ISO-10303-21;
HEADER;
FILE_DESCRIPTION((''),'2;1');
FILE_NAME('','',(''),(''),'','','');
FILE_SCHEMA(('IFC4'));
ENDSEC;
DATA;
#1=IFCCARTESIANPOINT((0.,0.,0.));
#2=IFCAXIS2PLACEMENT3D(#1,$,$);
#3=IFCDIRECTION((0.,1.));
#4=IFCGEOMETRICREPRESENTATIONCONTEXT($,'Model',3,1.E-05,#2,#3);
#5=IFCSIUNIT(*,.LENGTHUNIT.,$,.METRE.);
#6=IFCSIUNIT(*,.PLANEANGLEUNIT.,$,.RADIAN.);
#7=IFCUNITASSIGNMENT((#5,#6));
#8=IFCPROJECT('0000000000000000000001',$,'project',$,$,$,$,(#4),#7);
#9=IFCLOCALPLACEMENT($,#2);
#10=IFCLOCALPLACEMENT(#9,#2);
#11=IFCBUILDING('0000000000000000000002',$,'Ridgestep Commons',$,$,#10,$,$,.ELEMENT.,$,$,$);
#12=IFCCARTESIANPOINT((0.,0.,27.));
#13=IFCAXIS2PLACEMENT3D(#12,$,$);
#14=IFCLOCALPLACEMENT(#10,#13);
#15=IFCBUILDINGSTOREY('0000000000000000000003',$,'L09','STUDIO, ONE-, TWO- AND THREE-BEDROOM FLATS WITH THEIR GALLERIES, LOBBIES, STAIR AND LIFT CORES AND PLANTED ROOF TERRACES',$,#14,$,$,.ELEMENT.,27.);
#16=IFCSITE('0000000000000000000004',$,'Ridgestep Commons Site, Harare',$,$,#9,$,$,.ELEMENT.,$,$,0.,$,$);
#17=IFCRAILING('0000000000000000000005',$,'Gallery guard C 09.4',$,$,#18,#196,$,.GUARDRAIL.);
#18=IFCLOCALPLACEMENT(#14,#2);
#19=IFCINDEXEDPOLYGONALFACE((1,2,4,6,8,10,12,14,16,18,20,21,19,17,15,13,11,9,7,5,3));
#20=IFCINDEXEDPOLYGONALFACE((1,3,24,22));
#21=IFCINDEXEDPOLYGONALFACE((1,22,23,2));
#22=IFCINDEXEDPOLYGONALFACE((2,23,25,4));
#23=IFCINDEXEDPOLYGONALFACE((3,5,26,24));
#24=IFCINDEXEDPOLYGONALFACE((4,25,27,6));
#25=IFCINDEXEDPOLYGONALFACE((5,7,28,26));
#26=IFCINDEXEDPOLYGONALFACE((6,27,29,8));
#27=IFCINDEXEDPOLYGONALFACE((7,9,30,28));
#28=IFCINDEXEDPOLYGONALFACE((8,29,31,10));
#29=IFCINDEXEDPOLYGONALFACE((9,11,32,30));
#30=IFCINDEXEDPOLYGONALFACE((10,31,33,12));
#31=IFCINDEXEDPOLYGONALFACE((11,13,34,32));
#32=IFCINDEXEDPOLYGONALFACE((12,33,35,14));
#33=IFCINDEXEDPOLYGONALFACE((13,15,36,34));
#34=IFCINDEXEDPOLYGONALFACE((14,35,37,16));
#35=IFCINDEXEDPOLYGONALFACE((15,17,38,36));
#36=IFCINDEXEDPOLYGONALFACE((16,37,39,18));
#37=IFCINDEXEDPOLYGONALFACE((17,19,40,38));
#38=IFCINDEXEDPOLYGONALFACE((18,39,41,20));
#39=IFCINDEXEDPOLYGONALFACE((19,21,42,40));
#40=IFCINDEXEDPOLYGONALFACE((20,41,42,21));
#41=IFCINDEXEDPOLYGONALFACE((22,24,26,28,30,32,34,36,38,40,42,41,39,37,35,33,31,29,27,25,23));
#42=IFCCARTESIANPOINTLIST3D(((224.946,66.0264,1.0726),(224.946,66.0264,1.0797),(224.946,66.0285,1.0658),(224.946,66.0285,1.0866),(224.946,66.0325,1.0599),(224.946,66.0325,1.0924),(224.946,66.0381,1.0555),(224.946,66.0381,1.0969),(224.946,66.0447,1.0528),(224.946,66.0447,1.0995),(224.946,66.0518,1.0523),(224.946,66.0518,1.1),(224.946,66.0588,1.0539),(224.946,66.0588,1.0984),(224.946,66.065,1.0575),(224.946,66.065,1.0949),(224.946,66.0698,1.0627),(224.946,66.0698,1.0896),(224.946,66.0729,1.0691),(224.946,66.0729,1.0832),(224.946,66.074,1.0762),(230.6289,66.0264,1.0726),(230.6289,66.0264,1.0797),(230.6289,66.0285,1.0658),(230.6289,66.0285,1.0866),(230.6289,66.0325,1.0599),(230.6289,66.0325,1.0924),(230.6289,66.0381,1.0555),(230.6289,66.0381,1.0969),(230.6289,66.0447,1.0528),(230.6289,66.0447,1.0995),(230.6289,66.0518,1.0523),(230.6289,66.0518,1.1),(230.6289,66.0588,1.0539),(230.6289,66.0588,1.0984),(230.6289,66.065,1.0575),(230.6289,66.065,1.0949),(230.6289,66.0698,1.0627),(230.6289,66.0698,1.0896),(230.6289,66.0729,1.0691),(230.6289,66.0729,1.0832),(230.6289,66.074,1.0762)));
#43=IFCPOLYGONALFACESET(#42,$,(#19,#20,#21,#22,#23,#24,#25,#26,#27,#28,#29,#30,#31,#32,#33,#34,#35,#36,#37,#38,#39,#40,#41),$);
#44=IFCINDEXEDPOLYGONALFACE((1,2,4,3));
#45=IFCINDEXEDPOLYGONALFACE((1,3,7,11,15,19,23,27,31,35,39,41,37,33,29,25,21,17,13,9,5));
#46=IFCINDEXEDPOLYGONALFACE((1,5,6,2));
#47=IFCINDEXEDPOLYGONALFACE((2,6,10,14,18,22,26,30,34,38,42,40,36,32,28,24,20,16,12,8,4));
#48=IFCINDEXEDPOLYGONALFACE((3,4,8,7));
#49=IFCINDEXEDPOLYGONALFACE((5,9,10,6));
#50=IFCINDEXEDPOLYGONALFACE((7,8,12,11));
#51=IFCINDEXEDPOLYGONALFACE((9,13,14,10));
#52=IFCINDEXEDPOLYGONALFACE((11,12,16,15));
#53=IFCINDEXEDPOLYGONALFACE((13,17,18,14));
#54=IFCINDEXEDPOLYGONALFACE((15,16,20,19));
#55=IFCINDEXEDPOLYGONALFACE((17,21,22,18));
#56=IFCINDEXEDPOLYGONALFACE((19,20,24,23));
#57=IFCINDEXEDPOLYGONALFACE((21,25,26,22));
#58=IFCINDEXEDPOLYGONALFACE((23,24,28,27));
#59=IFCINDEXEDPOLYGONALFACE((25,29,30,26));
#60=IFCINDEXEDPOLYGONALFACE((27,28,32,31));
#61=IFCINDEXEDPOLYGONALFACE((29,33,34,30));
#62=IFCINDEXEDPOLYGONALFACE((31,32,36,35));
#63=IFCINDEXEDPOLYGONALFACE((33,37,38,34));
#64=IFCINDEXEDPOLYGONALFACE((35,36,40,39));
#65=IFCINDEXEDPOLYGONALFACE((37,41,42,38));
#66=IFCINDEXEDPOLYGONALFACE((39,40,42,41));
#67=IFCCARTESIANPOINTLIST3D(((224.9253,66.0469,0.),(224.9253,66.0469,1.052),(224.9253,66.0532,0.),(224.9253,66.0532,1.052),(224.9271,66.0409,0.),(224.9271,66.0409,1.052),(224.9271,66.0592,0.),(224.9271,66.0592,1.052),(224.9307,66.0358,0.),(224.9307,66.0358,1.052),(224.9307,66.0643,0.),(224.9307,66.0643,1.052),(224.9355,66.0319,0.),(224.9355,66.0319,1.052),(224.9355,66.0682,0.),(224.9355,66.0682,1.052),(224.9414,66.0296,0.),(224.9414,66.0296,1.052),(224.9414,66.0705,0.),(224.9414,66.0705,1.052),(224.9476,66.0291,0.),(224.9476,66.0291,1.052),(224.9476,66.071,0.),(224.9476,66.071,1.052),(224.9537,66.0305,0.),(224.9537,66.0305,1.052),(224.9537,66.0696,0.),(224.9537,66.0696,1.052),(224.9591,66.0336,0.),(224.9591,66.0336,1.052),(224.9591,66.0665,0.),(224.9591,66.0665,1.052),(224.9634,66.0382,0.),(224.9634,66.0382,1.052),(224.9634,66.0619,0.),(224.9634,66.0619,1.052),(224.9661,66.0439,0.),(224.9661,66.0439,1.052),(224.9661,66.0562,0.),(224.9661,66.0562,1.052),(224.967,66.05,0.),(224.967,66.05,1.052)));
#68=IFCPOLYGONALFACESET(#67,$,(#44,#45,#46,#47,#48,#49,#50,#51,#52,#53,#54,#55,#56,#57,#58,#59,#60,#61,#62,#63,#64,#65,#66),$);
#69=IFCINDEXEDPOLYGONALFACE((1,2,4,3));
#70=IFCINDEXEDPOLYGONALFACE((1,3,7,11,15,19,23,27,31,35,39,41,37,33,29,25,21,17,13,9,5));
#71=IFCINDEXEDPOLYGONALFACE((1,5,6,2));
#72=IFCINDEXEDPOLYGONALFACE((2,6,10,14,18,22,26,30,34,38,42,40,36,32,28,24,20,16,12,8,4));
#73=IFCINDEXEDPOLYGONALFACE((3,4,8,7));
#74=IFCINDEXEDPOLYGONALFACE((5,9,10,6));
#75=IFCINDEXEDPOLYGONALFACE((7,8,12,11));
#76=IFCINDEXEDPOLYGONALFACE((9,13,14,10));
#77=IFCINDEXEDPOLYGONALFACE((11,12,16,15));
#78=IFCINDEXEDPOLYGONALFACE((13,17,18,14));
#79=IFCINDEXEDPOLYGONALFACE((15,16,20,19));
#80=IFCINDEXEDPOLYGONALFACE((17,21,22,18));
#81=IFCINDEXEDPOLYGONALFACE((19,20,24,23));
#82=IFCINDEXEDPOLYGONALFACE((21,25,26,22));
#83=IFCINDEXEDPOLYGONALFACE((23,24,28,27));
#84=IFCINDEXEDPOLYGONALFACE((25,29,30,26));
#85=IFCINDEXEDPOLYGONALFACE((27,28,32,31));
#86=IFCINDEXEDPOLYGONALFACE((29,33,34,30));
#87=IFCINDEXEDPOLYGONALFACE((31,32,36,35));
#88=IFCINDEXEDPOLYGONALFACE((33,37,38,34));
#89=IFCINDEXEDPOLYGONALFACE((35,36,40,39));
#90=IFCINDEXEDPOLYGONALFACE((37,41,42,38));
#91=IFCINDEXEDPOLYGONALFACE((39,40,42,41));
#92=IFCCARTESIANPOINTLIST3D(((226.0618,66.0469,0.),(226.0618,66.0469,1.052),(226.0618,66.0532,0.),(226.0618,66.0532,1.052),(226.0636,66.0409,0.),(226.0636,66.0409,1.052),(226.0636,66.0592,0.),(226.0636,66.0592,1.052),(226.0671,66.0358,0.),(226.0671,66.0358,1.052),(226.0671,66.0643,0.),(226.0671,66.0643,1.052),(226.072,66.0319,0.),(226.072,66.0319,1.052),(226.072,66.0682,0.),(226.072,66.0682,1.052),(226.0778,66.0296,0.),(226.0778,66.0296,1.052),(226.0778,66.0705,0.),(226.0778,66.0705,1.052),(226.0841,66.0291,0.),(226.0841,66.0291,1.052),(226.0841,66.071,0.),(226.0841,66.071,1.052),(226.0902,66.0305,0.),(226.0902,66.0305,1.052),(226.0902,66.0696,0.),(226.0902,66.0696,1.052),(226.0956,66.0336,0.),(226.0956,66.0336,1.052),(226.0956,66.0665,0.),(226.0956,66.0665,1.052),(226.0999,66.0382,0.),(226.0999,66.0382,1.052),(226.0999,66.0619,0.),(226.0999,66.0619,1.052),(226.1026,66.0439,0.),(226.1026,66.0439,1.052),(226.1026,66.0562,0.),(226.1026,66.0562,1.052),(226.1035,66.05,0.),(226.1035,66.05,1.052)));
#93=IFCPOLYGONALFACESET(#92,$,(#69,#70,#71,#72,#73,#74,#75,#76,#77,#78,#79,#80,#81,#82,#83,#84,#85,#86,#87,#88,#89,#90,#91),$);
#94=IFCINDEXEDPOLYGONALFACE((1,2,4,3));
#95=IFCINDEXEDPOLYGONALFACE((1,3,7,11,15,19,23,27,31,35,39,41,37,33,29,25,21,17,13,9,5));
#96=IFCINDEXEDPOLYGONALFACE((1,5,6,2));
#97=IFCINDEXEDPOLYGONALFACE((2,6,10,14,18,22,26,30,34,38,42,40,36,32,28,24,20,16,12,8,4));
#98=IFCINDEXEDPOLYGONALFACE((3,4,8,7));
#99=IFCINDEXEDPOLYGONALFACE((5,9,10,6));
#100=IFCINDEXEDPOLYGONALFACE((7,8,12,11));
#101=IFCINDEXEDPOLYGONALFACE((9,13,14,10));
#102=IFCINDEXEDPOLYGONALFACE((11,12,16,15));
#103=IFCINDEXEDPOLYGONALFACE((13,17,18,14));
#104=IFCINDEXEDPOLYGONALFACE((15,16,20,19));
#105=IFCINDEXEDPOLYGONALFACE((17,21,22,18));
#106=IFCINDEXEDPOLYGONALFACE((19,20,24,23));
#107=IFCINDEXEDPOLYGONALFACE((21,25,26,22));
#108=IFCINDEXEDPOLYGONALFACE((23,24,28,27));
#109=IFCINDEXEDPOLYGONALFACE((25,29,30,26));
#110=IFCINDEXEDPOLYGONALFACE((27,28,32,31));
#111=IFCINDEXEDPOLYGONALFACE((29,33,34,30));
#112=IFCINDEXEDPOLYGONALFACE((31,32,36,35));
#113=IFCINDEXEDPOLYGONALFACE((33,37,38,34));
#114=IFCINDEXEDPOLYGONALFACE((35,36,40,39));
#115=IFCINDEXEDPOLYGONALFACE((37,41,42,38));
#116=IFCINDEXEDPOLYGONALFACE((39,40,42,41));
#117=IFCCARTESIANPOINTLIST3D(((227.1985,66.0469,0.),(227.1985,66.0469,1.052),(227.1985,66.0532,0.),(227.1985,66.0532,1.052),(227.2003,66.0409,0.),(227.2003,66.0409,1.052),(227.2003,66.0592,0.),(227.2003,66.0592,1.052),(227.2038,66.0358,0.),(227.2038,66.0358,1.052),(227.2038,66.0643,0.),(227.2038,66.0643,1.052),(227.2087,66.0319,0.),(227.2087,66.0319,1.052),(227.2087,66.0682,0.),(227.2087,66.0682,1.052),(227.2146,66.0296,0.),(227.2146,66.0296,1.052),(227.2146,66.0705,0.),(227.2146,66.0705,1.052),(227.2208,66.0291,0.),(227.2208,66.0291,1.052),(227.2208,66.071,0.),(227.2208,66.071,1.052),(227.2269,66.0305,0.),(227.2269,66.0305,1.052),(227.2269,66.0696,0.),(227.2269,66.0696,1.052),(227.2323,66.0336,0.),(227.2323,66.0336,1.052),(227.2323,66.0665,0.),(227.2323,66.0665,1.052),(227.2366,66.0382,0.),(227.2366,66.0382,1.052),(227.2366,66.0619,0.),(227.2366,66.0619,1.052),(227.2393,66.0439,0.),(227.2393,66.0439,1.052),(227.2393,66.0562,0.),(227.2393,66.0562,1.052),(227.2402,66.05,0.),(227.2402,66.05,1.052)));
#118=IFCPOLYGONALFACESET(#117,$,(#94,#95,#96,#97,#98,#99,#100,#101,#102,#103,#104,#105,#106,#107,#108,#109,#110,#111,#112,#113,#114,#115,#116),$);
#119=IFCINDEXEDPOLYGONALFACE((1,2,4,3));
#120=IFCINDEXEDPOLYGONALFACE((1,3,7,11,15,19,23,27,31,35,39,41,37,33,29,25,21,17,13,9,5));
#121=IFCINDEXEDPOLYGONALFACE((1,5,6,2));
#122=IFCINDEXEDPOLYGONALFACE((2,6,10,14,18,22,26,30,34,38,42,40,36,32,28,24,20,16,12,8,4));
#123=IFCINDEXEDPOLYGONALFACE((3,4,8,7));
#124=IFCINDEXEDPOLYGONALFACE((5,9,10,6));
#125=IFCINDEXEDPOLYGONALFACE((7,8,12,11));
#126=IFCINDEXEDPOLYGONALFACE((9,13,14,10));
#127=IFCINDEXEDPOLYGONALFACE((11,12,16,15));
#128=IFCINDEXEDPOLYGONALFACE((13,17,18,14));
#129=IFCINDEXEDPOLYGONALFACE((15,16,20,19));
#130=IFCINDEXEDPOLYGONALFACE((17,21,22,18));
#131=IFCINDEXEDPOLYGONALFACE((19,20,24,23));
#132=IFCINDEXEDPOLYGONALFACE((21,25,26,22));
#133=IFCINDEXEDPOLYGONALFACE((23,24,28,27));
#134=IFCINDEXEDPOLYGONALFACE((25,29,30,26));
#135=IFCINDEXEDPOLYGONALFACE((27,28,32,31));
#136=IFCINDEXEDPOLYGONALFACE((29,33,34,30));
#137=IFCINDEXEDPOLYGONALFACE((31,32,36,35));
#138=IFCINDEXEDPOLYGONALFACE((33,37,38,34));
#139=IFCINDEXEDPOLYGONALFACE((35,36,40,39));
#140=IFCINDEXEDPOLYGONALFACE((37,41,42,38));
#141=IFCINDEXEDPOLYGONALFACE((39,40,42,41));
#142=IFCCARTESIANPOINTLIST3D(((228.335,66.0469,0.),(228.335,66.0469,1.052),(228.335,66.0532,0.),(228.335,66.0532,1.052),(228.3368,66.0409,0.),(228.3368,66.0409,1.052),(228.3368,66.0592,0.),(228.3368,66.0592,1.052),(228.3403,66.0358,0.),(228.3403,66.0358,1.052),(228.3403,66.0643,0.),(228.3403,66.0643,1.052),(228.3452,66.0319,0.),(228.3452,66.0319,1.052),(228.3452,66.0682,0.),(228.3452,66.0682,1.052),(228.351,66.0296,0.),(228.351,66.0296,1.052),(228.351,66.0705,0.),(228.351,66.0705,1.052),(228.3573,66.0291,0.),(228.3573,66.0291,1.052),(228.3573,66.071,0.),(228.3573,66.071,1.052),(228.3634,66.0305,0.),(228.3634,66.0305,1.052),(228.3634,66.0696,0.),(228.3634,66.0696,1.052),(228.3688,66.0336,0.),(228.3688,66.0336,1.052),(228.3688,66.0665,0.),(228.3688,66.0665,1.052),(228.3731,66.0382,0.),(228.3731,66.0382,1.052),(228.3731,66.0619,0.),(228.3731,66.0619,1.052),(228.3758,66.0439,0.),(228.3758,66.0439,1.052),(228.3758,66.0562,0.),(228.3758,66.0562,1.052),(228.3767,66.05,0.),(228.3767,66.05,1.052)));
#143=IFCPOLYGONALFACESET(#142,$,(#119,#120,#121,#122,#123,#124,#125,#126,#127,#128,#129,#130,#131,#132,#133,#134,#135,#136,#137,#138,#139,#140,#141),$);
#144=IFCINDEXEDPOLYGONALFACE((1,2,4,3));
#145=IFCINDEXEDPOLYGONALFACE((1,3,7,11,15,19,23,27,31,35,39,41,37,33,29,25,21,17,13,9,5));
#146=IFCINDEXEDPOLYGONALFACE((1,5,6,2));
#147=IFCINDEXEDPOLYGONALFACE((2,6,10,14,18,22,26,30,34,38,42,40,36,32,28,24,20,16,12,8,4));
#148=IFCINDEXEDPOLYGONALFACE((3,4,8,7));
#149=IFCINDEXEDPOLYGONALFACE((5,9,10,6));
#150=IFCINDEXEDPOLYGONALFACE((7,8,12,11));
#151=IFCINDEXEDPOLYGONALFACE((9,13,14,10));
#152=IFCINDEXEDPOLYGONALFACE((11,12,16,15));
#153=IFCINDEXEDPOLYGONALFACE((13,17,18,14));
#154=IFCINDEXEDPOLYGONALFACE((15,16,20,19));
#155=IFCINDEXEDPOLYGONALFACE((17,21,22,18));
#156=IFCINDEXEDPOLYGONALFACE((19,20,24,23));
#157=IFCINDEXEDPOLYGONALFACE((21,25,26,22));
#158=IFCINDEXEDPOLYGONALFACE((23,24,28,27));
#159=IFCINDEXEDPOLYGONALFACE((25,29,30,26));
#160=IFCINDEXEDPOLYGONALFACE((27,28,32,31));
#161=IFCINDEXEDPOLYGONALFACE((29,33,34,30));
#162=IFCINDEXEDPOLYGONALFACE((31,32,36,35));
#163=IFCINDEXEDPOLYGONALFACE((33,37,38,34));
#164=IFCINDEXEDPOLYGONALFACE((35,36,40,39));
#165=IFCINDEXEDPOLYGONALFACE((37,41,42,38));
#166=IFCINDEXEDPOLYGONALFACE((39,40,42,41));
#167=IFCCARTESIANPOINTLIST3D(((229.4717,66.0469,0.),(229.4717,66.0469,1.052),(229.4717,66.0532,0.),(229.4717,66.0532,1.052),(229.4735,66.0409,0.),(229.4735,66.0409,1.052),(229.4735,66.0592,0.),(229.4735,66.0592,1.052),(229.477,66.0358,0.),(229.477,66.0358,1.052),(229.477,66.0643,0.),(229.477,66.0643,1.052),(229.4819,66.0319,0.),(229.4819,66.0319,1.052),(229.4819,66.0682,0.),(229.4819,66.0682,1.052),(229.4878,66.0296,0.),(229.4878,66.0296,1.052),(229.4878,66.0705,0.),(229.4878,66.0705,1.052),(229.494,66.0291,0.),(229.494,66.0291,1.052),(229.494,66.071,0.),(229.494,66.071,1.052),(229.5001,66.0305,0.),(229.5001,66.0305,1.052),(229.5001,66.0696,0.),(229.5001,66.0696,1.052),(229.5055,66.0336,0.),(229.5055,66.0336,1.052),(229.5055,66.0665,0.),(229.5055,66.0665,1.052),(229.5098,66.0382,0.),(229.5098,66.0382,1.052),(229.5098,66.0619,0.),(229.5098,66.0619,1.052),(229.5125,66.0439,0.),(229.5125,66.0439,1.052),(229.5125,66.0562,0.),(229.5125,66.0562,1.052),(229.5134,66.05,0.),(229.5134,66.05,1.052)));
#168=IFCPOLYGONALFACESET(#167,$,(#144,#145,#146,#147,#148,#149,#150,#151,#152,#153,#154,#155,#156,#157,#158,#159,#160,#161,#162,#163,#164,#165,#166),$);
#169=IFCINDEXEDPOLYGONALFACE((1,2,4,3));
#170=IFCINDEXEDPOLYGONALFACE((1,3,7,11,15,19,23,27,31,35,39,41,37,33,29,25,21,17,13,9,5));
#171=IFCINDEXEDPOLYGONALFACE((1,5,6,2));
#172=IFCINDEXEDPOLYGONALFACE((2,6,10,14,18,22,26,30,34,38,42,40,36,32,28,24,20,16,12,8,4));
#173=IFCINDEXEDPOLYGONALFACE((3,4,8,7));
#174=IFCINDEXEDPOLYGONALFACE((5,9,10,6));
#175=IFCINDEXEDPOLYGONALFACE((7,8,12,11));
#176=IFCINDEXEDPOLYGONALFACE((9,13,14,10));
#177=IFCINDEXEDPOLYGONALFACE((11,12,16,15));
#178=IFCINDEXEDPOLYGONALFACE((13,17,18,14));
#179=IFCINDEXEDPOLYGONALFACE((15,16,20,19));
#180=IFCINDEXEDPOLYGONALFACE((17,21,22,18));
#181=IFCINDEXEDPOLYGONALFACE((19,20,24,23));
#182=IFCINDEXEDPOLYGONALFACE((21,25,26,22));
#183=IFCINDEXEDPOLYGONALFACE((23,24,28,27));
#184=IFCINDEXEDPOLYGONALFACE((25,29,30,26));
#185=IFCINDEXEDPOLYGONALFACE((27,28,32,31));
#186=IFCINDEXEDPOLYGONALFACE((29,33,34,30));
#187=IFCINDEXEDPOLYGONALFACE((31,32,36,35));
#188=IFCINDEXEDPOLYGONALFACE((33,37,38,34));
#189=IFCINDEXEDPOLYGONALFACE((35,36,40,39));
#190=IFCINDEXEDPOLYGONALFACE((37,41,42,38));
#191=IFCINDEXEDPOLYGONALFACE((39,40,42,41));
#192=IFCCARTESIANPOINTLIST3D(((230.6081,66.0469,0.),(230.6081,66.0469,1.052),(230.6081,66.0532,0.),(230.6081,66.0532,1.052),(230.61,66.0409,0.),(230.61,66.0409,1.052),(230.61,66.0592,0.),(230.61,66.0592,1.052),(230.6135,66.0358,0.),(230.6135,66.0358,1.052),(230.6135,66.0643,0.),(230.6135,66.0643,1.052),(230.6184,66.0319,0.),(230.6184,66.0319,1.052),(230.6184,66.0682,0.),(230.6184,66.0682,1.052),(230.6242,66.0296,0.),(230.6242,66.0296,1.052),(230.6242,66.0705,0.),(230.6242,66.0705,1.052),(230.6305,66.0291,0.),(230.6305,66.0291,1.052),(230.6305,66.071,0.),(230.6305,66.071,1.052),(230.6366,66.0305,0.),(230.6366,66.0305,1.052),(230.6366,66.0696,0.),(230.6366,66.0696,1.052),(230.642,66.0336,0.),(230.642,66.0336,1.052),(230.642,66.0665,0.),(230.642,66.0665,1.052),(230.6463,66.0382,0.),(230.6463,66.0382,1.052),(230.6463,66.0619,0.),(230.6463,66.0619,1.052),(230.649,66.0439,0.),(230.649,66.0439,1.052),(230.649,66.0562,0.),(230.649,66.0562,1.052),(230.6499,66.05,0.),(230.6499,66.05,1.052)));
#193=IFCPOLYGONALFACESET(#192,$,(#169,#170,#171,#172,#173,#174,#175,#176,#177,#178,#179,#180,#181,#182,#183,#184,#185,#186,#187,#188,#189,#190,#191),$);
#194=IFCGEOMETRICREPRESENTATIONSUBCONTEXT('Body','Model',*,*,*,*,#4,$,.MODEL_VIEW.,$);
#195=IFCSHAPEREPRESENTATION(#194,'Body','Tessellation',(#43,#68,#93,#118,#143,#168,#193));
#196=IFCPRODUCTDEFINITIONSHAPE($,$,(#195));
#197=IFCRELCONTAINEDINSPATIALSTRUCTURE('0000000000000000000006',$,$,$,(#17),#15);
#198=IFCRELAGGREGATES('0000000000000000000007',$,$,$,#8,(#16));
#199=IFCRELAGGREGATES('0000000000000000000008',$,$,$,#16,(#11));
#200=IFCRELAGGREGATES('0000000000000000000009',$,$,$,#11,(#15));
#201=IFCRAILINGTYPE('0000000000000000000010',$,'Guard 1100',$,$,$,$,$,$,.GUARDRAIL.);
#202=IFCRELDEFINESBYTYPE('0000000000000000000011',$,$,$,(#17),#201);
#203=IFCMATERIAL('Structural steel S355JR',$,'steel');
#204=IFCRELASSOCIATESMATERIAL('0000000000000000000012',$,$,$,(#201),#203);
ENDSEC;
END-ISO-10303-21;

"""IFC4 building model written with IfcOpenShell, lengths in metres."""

from ifc_helpers import new_model, si_unit, direction, frame, origin, origin_2d, place, context, subcontext, project, spatial, circle, extrude, material, type_object, element, save


model = new_model("IFC4")

# Units and contexts
model_context = context("Model", 3, precision=1e-05, world=origin(), true_north=direction((0.0, 1.0)))
body_context = subcontext(model_context, "Body", "Model", "MODEL_VIEW")
ifc_project = project(units=[si_unit("LENGTHUNIT", "METRE"), si_unit("PLANEANGLEUNIT", "RADIAN")], contexts=[model_context])

# Site, building, storey
site_placement = place(None, origin())
site = spatial("IfcSite", under=ifc_project, at=site_placement, Name="Ridgestep Commons Site, Harare", CompositionType="ELEMENT", RefElevation=0.0)
building_placement = place(site_placement, origin())
building = spatial("IfcBuilding", under=site, at=building_placement, Name="Ridgestep Commons", CompositionType="ELEMENT")
storey_placement = place(building_placement, frame((0.0, 0.0, 27.0)))
storey = spatial("IfcBuildingStorey", under=building, at=storey_placement, Name="L09", Description="STUDIO, ONE-, TWO- AND THREE-BEDROOM FLATS WITH THEIR GALLERIES, LOBBIES, STAIR AND LIFT CORES AND PLANTED ROOF TERRACES", CompositionType="ELEMENT", Elevation=27.0)

# Railing
ifc_material_1 = material(Name="Structural steel S355JR", Category="steel")
railing_type_1 = type_object("IfcRailingType", Name="Guard 1100", PredefinedType="GUARDRAIL", material=ifc_material_1)
railing_1_placement = place(storey_placement, frame((224.946, 66.05, 0.0)))
element("IfcRailing", 1, at=railing_1_placement, inside=storey, type_object=railing_type_1, Name="Gallery guard C 09.4", PredefinedType="GUARDRAIL", context=body_context, shape_type="SweptSolid", body=[
    extrude(circle(Radius=0.0239, at=origin_2d()), frame((0.0, 0.0, 1.0762), z_axis=(1.0, 0.0, 0.0), x_axis=(0.0, 1.0, 0.0)), (0.0, 0.0, 1.0), 5.6829),
    extrude(circle(Radius=0.021, at=origin_2d()), origin(), (0.0, 0.0, 1.0), 1.052),
    extrude(circle(Radius=0.021, at=origin_2d()), frame((1.1365, 0.0, 0.0)), (0.0, 0.0, 1.0), 1.052),
    extrude(circle(Radius=0.021, at=origin_2d()), frame((2.2732, 0.0, 0.0)), (0.0, 0.0, 1.0), 1.052),
    extrude(circle(Radius=0.021, at=origin_2d()), frame((3.4097, 0.0, 0.0)), (0.0, 0.0, 1.0), 1.052),
    extrude(circle(Radius=0.021, at=origin_2d()), frame((4.5464, 0.0, 0.0)), (0.0, 0.0, 1.0), 1.052),
    extrude(circle(Radius=0.021, at=origin_2d()), frame((5.6829, 0.0, 0.0)), (0.0, 0.0, 1.0), 1.052),
])

save(model, "model.ifc")
